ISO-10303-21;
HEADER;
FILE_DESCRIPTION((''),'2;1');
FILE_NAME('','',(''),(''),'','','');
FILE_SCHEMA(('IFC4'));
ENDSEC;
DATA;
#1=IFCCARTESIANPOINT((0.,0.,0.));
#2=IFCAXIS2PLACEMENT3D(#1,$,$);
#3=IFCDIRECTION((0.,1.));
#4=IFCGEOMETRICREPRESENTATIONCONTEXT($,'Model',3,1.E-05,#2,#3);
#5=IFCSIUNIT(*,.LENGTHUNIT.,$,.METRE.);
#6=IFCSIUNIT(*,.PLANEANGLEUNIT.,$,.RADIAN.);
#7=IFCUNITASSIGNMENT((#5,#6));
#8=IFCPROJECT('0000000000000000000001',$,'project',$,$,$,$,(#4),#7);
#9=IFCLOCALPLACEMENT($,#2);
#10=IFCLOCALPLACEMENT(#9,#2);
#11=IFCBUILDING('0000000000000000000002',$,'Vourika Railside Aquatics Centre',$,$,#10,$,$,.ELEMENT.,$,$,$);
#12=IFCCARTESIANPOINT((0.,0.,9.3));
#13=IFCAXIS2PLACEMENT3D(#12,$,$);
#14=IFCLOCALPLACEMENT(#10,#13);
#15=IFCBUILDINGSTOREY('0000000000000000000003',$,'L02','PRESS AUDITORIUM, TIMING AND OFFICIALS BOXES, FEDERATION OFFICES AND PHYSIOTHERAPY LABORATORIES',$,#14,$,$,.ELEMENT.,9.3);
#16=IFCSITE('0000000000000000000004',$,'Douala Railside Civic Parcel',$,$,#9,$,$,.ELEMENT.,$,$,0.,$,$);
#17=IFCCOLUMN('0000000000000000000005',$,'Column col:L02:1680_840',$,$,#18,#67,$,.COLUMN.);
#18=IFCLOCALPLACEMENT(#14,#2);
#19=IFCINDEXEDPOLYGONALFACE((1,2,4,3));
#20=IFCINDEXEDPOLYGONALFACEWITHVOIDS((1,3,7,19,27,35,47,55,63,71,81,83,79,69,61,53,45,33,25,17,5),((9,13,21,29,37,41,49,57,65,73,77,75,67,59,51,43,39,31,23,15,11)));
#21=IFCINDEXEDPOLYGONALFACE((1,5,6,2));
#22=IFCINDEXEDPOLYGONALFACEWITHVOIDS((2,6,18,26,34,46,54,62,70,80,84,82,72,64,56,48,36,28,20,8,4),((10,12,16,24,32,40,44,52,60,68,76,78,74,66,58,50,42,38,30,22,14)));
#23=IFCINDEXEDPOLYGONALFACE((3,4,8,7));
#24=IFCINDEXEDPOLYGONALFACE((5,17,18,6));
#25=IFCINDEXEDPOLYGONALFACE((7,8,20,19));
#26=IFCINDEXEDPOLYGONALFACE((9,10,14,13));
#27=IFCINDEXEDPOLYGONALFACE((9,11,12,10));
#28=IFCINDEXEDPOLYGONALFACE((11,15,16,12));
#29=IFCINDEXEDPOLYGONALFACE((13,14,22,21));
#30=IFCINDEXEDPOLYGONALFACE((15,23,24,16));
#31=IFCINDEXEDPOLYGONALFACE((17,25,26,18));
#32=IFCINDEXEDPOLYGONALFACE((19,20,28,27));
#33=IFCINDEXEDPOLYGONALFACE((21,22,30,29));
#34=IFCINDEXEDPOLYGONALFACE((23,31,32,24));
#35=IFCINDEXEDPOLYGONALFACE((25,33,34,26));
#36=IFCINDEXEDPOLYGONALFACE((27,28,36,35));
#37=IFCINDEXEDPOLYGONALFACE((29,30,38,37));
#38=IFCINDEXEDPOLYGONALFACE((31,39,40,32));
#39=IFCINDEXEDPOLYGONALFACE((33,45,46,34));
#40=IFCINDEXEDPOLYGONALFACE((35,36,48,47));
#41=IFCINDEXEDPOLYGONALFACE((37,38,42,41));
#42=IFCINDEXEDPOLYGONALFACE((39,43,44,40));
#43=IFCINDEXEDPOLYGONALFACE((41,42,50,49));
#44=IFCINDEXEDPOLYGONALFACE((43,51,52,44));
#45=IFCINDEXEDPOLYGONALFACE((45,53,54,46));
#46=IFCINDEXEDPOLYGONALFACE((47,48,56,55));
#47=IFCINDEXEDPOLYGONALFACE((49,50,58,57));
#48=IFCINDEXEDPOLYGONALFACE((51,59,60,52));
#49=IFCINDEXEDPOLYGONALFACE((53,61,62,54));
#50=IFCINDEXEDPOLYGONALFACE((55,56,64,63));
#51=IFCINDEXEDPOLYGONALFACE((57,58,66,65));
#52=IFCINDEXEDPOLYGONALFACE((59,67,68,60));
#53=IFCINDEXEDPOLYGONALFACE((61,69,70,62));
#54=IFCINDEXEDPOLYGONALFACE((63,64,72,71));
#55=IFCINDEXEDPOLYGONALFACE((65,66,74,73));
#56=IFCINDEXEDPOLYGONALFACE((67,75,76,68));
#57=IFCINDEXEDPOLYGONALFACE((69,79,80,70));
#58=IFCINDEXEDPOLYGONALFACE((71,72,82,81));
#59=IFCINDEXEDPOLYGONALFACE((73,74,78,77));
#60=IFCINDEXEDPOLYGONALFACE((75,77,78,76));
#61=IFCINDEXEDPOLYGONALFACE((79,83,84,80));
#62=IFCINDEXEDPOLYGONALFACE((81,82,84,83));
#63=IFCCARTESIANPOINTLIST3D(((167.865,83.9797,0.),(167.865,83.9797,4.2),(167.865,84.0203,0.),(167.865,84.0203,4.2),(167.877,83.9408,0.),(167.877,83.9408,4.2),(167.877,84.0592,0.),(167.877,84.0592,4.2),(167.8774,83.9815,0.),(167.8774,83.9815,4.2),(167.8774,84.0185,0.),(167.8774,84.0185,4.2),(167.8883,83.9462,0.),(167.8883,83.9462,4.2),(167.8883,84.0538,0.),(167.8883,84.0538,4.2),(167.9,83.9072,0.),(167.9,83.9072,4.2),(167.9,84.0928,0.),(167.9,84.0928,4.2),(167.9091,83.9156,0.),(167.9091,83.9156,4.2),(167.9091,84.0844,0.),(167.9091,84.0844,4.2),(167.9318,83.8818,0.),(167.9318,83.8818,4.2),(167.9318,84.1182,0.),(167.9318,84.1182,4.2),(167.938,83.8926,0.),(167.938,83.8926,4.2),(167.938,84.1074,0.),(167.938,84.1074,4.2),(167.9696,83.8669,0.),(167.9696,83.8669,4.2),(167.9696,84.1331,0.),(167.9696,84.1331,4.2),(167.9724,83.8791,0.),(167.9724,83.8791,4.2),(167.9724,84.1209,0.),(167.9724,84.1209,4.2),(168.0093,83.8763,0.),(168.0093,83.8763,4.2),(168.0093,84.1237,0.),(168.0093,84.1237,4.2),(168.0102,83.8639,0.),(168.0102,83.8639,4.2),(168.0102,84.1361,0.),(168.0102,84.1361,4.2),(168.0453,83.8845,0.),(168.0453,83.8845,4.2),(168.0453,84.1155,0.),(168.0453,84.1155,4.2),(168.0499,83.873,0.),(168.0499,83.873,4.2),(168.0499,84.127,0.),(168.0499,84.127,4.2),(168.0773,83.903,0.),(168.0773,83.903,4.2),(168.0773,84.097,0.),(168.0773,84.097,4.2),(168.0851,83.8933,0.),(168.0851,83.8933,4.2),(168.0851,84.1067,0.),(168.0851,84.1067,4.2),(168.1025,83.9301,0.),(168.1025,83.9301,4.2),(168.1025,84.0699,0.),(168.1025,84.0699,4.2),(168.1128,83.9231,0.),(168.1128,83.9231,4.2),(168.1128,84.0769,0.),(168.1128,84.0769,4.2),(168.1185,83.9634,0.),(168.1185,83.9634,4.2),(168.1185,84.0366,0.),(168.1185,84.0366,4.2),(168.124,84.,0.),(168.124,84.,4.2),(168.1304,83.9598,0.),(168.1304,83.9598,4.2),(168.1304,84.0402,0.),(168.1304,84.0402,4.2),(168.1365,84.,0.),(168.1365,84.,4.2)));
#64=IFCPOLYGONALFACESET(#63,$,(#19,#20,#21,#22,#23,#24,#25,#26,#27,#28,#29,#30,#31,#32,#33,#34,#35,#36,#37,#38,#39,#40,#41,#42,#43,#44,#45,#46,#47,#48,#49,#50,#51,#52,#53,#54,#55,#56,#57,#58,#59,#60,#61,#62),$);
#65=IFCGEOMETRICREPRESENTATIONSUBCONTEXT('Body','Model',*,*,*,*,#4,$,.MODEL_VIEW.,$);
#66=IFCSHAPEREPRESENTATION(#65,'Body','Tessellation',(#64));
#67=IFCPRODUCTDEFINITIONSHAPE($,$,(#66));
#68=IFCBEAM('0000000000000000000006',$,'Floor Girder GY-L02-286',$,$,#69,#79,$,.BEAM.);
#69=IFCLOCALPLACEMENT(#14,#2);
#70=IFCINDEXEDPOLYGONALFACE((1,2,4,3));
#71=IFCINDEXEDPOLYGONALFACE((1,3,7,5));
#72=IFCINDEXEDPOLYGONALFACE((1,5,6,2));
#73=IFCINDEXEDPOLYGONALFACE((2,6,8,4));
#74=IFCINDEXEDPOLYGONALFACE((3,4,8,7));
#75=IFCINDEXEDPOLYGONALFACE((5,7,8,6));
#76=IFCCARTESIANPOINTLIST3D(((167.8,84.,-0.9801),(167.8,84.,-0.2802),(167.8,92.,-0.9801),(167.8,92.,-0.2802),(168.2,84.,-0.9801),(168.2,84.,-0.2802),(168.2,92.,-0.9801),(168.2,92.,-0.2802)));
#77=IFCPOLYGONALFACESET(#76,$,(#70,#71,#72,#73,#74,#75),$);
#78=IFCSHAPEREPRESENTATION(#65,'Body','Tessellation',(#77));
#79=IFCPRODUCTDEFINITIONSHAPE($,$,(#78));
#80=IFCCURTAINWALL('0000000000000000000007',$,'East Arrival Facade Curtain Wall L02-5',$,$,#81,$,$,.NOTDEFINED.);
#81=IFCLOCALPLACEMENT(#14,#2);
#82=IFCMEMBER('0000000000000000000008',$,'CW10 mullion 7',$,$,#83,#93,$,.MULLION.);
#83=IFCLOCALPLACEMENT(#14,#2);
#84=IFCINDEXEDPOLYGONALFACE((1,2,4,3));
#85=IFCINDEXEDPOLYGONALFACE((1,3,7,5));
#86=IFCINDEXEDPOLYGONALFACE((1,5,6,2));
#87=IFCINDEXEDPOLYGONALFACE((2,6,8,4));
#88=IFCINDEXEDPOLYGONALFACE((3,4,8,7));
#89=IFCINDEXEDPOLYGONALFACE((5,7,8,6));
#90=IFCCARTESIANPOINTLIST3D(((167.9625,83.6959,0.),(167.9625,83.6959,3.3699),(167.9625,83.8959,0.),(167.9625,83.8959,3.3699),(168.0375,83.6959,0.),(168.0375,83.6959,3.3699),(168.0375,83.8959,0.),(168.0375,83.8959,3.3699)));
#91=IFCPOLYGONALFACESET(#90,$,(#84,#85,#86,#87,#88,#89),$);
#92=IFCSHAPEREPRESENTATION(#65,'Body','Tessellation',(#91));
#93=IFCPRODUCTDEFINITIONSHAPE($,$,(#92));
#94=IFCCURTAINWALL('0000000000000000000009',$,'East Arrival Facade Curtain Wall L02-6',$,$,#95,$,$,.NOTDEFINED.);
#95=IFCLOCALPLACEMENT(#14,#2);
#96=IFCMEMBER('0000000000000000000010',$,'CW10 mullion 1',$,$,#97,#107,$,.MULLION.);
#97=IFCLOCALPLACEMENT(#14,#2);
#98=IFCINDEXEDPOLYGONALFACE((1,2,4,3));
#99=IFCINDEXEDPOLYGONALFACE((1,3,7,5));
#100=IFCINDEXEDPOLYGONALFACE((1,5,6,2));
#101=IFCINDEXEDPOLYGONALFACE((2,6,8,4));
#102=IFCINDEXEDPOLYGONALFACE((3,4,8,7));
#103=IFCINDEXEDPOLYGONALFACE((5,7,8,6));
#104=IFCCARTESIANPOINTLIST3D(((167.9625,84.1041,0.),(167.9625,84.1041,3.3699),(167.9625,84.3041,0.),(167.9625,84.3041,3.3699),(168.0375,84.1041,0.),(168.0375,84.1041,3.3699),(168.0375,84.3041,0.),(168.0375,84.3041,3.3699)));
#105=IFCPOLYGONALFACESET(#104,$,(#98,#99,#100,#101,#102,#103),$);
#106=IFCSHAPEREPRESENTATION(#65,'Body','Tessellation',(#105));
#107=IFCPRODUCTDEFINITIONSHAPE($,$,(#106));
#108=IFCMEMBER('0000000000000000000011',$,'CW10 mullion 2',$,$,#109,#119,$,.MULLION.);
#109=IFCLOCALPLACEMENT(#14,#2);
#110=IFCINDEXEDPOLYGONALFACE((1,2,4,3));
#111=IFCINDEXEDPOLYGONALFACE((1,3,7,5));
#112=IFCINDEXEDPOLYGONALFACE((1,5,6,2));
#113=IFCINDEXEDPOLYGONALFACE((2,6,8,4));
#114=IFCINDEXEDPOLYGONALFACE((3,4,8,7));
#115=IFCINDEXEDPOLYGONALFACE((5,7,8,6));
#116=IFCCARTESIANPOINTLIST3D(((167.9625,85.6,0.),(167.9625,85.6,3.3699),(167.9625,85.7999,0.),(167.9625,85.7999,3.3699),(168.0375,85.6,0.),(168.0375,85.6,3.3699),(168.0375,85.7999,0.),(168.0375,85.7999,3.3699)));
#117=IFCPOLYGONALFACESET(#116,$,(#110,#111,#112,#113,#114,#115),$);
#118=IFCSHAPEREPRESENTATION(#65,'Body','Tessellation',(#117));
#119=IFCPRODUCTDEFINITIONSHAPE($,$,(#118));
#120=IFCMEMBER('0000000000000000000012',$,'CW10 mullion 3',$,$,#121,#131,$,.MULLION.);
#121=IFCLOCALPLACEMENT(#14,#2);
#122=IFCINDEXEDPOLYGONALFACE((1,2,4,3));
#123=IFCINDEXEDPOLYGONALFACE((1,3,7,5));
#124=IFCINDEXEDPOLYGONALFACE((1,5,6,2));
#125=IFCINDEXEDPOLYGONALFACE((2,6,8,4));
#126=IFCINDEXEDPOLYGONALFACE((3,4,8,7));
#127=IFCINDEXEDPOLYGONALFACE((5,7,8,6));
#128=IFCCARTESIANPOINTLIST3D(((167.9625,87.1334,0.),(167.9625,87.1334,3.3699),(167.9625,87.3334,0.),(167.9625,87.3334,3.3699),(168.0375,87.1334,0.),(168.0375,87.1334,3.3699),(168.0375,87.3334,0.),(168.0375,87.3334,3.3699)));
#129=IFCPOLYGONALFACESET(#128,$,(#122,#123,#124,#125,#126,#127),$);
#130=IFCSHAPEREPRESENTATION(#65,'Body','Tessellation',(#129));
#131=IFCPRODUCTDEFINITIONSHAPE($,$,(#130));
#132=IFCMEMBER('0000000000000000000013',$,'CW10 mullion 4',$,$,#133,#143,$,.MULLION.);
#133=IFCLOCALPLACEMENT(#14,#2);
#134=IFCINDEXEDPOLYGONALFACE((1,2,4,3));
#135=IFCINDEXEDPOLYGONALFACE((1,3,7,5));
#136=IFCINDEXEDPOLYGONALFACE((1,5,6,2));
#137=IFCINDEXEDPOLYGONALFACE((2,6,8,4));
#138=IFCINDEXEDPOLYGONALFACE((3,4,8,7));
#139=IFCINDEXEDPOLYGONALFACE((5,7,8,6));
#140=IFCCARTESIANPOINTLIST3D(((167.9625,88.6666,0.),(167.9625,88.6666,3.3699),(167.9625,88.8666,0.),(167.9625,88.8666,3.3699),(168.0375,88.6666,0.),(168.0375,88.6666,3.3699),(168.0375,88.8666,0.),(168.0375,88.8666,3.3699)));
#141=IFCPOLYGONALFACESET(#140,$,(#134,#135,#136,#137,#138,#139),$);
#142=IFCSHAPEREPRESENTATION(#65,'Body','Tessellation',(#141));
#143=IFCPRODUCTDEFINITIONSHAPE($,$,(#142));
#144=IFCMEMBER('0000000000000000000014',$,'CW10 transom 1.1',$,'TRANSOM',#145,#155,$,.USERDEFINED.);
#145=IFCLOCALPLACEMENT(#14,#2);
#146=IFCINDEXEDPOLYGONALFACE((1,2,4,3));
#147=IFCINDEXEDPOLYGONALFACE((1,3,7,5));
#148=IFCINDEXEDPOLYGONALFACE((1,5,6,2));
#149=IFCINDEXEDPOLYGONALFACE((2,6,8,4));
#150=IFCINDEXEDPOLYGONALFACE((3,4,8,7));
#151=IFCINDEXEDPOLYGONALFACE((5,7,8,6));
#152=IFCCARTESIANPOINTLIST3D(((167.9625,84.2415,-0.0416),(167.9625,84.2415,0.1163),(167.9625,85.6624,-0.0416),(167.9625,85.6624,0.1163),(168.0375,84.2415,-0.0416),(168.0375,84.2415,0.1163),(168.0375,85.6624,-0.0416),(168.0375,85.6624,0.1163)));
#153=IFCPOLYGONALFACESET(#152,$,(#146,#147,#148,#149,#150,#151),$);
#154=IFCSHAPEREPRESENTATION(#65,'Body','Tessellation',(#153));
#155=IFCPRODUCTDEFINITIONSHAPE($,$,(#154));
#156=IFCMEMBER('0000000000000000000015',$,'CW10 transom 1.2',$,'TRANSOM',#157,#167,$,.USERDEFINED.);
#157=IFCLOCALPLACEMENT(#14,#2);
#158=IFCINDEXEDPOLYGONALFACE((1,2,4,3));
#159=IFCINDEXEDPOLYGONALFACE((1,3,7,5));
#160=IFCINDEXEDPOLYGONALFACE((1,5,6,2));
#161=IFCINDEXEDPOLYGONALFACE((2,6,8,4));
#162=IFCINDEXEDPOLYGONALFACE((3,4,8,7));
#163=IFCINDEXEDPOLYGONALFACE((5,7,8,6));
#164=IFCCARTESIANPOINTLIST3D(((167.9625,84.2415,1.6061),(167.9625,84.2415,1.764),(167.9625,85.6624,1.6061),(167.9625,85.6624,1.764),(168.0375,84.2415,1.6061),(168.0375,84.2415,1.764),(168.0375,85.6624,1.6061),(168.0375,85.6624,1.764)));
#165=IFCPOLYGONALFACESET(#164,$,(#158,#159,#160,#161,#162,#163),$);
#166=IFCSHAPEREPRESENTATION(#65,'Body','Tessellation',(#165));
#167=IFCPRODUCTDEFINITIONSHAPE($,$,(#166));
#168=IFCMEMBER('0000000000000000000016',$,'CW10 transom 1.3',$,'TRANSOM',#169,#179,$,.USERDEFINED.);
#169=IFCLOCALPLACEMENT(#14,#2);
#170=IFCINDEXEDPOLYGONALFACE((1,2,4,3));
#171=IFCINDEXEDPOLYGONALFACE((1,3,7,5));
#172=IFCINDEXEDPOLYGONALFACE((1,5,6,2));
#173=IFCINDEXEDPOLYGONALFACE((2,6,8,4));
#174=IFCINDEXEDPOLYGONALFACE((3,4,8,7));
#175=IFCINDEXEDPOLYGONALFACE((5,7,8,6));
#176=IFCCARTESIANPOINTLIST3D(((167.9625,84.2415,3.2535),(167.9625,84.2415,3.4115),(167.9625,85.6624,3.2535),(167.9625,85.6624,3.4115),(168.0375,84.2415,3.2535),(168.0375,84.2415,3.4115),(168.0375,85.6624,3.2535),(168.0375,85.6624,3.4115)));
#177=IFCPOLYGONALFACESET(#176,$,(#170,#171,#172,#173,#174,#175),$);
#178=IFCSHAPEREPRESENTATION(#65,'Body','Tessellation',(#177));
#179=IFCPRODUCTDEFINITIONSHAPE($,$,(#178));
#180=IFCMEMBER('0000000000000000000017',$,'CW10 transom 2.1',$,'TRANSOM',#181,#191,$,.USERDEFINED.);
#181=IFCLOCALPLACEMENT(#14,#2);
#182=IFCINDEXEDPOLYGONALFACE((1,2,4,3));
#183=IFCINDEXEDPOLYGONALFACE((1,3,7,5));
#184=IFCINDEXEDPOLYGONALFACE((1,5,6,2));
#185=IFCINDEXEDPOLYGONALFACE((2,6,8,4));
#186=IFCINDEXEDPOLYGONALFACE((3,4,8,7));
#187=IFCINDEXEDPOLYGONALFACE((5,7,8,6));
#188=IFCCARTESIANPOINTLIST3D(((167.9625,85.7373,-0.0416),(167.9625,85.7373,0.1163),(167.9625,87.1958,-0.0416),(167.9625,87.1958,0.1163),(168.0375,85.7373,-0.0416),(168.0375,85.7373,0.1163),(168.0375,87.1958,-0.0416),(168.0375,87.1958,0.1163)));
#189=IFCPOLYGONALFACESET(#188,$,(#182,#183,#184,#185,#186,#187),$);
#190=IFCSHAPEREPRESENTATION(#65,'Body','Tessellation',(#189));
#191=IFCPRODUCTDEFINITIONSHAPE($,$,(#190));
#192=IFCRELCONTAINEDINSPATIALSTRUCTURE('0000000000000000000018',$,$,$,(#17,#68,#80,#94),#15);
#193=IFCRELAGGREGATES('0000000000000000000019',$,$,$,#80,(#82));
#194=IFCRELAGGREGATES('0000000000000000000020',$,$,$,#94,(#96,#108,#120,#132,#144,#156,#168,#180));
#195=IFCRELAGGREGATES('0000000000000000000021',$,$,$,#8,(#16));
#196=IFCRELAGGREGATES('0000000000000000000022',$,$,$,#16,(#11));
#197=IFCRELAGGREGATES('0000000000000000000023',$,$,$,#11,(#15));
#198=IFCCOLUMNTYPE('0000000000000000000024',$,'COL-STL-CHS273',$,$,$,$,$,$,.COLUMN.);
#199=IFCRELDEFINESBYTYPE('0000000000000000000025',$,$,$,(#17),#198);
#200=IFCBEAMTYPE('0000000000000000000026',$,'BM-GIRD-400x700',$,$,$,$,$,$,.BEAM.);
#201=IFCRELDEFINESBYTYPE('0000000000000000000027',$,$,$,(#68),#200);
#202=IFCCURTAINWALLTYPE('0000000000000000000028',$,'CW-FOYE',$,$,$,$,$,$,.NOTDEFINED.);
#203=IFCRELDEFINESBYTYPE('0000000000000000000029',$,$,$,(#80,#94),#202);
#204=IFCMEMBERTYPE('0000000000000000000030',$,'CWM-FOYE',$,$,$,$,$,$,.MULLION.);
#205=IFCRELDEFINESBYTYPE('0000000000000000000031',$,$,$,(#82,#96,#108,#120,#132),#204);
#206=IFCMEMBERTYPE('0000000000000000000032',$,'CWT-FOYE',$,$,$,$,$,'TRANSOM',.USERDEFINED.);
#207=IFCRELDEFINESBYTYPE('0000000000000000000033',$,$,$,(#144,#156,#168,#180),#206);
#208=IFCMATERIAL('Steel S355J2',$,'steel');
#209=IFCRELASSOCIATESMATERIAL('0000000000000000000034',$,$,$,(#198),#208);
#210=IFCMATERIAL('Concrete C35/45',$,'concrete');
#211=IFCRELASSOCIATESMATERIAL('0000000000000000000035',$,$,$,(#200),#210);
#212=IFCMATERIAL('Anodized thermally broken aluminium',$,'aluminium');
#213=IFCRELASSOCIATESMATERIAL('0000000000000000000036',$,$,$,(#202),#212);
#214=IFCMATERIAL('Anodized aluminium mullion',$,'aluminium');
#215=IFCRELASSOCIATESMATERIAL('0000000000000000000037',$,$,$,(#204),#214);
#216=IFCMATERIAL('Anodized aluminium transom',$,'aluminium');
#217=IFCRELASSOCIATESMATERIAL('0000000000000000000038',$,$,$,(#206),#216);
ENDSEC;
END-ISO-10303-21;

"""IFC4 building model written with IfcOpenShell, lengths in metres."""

from ifc_helpers import new_model, si_unit, direction, frame, origin, origin_2d, place, context, subcontext, project, spatial, rectangle, hollow_circle, extrude, material, material_profile, profile_set, type_object, element, aggregate, save


model = new_model("IFC4")

# Units and contexts
model_context = context("Model", 3, precision=1e-05, world=origin(), true_north=direction((0.0, 1.0)))
body_context = subcontext(model_context, "Body", "Model", "MODEL_VIEW")
ifc_project = project(units=[si_unit("LENGTHUNIT", "METRE"), si_unit("PLANEANGLEUNIT", "RADIAN")], contexts=[model_context])

# Site, building, storey
site_placement = place(None, origin())
site = spatial("IfcSite", under=ifc_project, at=site_placement, Name="Douala Railside Civic Parcel", CompositionType="ELEMENT", RefElevation=0.0)
building_placement = place(site_placement, origin())
building = spatial("IfcBuilding", under=site, at=building_placement, Name="Vourika Railside Aquatics Centre", CompositionType="ELEMENT")
storey_placement = place(building_placement, frame((0.0, 0.0, 9.3)))
storey = spatial("IfcBuildingStorey", under=building, at=storey_placement, Name="L02", Description="PRESS AUDITORIUM, TIMING AND OFFICIALS BOXES, FEDERATION OFFICES AND PHYSIOTHERAPY LABORATORIES", CompositionType="ELEMENT", Elevation=9.3)

# Column
ifc_material_1 = material(Name="Steel S355J2", Category="steel")
ifc_material_profile_1 = material_profile(ifc_material_1, hollow_circle(Radius=0.1365, WallThickness=0.0125, at=origin_2d()), Name="CHS 273x12.5")
ifc_profile_set_1 = profile_set([ifc_material_profile_1], Name="Steel S355J2")
column_type = type_object("IfcColumnType", Name="COL-STL-CHS273", PredefinedType="COLUMN", material=ifc_profile_set_1)
column_placement = place(storey_placement, frame((168.0, 84.0, 0.0), z_axis=(0.0, 0.0, 1.0), x_axis=(1.0, 0.0, 0.0)))
element("IfcColumn", 1, at=column_placement, inside=storey, type_object=column_type, Name="Column col:L02:1680_840", PredefinedType="COLUMN", context=body_context, shape_type="SweptSolid", body=[
    extrude(hollow_circle(Radius=0.1365, WallThickness=0.0125, at=origin_2d()), origin(), (0.0, 0.0, 1.0), 4.2),
])

# Beam
ifc_material_2 = material(Name="Concrete C35/45", Category="concrete")
ifc_material_profile_2 = material_profile(ifc_material_2, rectangle(XDim=0.3999, YDim=0.7, at=origin_2d()), Name="RC 400x700")
ifc_profile_set_2 = profile_set([ifc_material_profile_2], Name="Concrete C35/45")
beam_type = type_object("IfcBeamType", Name="BM-GIRD-400x700", PredefinedType="BEAM", material=ifc_profile_set_2)
beam_placement = place(storey_placement, frame((168.0, 84.0, -0.6301), z_axis=(0.0, 1.0, 0.0), x_axis=(-1.0, 0.0, 0.0)))
element("IfcBeam", 2, at=beam_placement, inside=storey, type_object=beam_type, Name="Floor Girder GY-L02-286", PredefinedType="BEAM", context=body_context, shape_type="SweptSolid", body=[
    extrude(rectangle(XDim=0.3999, YDim=0.7, at=origin_2d()), origin(), (0.0, 0.0, 1.0), 8.0),
])

# Curtain wall, member
ifc_material_3 = material(Name="Anodized thermally broken aluminium", Category="aluminium")
curtain_wall_type = type_object("IfcCurtainWallType", Name="CW-FOYE", PredefinedType="NOTDEFINED", material=ifc_material_3)
curtain_wall_1_placement = place(storey_placement, origin())
curtain_wall_1 = element("IfcCurtainWall", 3, at=curtain_wall_1_placement, inside=storey, type_object=curtain_wall_type, Name="East Arrival Facade Curtain Wall L02-5", PredefinedType="NOTDEFINED")
ifc_material_4 = material(Name="Anodized aluminium mullion", Category="aluminium")
ifc_material_profile_3 = material_profile(ifc_material_4, rectangle(XDim=0.075, YDim=0.2, at=origin_2d()), Name="ALU-M 75x200")
ifc_profile_set_3 = profile_set([ifc_material_profile_3], Name="Anodized aluminium mullion")
member_type_1 = type_object("IfcMemberType", Name="CWM-FOYE", PredefinedType="MULLION", material=ifc_profile_set_3)
member_1_placement = place(storey_placement, frame((168.0, 83.7959, 0.0), z_axis=(0.0, 0.0, 1.0), x_axis=(-1.0, 0.0, 0.0)))
member_1 = element("IfcMember", 4, at=member_1_placement, type_object=member_type_1, Name="CW10 mullion 7", PredefinedType="MULLION", context=body_context, shape_type="SweptSolid", body=[
    extrude(rectangle(XDim=0.075, YDim=0.2, at=origin_2d()), origin(), (0.0, 0.0, 1.0), 3.3699),
])

# Curtain wall, members
curtain_wall_2_placement = place(storey_placement, origin())
curtain_wall_2 = element("IfcCurtainWall", 5, at=curtain_wall_2_placement, inside=storey, type_object=curtain_wall_type, Name="East Arrival Facade Curtain Wall L02-6", PredefinedType="NOTDEFINED")
member_2_placement = place(storey_placement, frame((168.0, 84.2041, 0.0), z_axis=(0.0, 0.0, 1.0), x_axis=(-1.0, 0.0, 0.0)))
member_2 = element("IfcMember", 6, at=member_2_placement, type_object=member_type_1, Name="CW10 mullion 1", PredefinedType="MULLION", context=body_context, shape_type="SweptSolid", body=[
    extrude(rectangle(XDim=0.075, YDim=0.2, at=origin_2d()), origin(), (0.0, 0.0, 1.0), 3.3699),
])
member_3_placement = place(storey_placement, frame((168.0, 85.7, 0.0), z_axis=(0.0, 0.0, 1.0), x_axis=(-1.0, 0.0, 0.0)))
member_3 = element("IfcMember", 7, at=member_3_placement, type_object=member_type_1, Name="CW10 mullion 2", PredefinedType="MULLION", context=body_context, shape_type="SweptSolid", body=[
    extrude(rectangle(XDim=0.075, YDim=0.2, at=origin_2d()), origin(), (0.0, 0.0, 1.0), 3.3699),
])
member_4_placement = place(storey_placement, frame((168.0, 87.2334, 0.0), z_axis=(0.0, 0.0, 1.0), x_axis=(-1.0, 0.0, 0.0)))
member_4 = element("IfcMember", 8, at=member_4_placement, type_object=member_type_1, Name="CW10 mullion 3", PredefinedType="MULLION", context=body_context, shape_type="SweptSolid", body=[
    extrude(rectangle(XDim=0.075, YDim=0.2, at=origin_2d()), origin(), (0.0, 0.0, 1.0), 3.3699),
])
member_5_placement = place(storey_placement, frame((168.0, 88.7666, 0.0), z_axis=(0.0, 0.0, 1.0), x_axis=(-1.0, 0.0, 0.0)))
member_5 = element("IfcMember", 9, at=member_5_placement, type_object=member_type_1, Name="CW10 mullion 4", PredefinedType="MULLION", context=body_context, shape_type="SweptSolid", body=[
    extrude(rectangle(XDim=0.075, YDim=0.2, at=origin_2d()), origin(), (0.0, 0.0, 1.0), 3.3699),
])
ifc_material_5 = material(Name="Anodized aluminium transom", Category="aluminium")
ifc_material_profile_4 = material_profile(ifc_material_5, rectangle(XDim=0.075, YDim=0.158, at=origin_2d()), Name="ALU-T 75x158")
ifc_profile_set_4 = profile_set([ifc_material_profile_4], Name="Anodized aluminium transom")
member_type_2 = type_object("IfcMemberType", Name="CWT-FOYE", ElementType="TRANSOM", PredefinedType="USERDEFINED", material=ifc_profile_set_4)
member_6_placement = place(storey_placement, frame((168.0, 84.2415, 0.0374), z_axis=(0.0, 1.0, 0.0), x_axis=(-1.0, 0.0, 0.0)))
member_6 = element("IfcMember", 10, at=member_6_placement, type_object=member_type_2, Name="CW10 transom 1.1", ObjectType="TRANSOM", PredefinedType="USERDEFINED", context=body_context, shape_type="SweptSolid", body=[
    extrude(rectangle(XDim=0.075, YDim=0.158, at=origin_2d()), origin(), (0.0, 0.0, 1.0), 1.4209),
])
member_7_placement = place(storey_placement, frame((168.0, 84.2415, 1.6851), z_axis=(0.0, 1.0, 0.0), x_axis=(-1.0, 0.0, 0.0)))
member_7 = element("IfcMember", 11, at=member_7_placement, type_object=member_type_2, Name="CW10 transom 1.2", ObjectType="TRANSOM", PredefinedType="USERDEFINED", context=body_context, shape_type="SweptSolid", body=[
    extrude(rectangle(XDim=0.075, YDim=0.158, at=origin_2d()), origin(), (0.0, 0.0, 1.0), 1.4209),
])
member_8_placement = place(storey_placement, frame((168.0, 84.2415, 3.3325), z_axis=(0.0, 1.0, 0.0), x_axis=(-1.0, 0.0, 0.0)))
member_8 = element("IfcMember", 12, at=member_8_placement, type_object=member_type_2, Name="CW10 transom 1.3", ObjectType="TRANSOM", PredefinedType="USERDEFINED", context=body_context, shape_type="SweptSolid", body=[
    extrude(rectangle(XDim=0.075, YDim=0.158, at=origin_2d()), origin(), (0.0, 0.0, 1.0), 1.4209),
])
member_9_placement = place(storey_placement, frame((168.0, 85.7373, 0.0374), z_axis=(0.0, 1.0, 0.0), x_axis=(-1.0, 0.0, 0.0)))
member_9 = element("IfcMember", 13, at=member_9_placement, type_object=member_type_2, Name="CW10 transom 2.1", ObjectType="TRANSOM", PredefinedType="USERDEFINED", context=body_context, shape_type="SweptSolid", body=[
    extrude(rectangle(XDim=0.075, YDim=0.158, at=origin_2d()), origin(), (0.0, 0.0, 1.0), 1.4585),
])

aggregate(curtain_wall_1, [member_1])
aggregate(curtain_wall_2, [member_2, member_3, member_4, member_5, member_6, member_7, member_8, member_9])

save(model, "model.ifc")
